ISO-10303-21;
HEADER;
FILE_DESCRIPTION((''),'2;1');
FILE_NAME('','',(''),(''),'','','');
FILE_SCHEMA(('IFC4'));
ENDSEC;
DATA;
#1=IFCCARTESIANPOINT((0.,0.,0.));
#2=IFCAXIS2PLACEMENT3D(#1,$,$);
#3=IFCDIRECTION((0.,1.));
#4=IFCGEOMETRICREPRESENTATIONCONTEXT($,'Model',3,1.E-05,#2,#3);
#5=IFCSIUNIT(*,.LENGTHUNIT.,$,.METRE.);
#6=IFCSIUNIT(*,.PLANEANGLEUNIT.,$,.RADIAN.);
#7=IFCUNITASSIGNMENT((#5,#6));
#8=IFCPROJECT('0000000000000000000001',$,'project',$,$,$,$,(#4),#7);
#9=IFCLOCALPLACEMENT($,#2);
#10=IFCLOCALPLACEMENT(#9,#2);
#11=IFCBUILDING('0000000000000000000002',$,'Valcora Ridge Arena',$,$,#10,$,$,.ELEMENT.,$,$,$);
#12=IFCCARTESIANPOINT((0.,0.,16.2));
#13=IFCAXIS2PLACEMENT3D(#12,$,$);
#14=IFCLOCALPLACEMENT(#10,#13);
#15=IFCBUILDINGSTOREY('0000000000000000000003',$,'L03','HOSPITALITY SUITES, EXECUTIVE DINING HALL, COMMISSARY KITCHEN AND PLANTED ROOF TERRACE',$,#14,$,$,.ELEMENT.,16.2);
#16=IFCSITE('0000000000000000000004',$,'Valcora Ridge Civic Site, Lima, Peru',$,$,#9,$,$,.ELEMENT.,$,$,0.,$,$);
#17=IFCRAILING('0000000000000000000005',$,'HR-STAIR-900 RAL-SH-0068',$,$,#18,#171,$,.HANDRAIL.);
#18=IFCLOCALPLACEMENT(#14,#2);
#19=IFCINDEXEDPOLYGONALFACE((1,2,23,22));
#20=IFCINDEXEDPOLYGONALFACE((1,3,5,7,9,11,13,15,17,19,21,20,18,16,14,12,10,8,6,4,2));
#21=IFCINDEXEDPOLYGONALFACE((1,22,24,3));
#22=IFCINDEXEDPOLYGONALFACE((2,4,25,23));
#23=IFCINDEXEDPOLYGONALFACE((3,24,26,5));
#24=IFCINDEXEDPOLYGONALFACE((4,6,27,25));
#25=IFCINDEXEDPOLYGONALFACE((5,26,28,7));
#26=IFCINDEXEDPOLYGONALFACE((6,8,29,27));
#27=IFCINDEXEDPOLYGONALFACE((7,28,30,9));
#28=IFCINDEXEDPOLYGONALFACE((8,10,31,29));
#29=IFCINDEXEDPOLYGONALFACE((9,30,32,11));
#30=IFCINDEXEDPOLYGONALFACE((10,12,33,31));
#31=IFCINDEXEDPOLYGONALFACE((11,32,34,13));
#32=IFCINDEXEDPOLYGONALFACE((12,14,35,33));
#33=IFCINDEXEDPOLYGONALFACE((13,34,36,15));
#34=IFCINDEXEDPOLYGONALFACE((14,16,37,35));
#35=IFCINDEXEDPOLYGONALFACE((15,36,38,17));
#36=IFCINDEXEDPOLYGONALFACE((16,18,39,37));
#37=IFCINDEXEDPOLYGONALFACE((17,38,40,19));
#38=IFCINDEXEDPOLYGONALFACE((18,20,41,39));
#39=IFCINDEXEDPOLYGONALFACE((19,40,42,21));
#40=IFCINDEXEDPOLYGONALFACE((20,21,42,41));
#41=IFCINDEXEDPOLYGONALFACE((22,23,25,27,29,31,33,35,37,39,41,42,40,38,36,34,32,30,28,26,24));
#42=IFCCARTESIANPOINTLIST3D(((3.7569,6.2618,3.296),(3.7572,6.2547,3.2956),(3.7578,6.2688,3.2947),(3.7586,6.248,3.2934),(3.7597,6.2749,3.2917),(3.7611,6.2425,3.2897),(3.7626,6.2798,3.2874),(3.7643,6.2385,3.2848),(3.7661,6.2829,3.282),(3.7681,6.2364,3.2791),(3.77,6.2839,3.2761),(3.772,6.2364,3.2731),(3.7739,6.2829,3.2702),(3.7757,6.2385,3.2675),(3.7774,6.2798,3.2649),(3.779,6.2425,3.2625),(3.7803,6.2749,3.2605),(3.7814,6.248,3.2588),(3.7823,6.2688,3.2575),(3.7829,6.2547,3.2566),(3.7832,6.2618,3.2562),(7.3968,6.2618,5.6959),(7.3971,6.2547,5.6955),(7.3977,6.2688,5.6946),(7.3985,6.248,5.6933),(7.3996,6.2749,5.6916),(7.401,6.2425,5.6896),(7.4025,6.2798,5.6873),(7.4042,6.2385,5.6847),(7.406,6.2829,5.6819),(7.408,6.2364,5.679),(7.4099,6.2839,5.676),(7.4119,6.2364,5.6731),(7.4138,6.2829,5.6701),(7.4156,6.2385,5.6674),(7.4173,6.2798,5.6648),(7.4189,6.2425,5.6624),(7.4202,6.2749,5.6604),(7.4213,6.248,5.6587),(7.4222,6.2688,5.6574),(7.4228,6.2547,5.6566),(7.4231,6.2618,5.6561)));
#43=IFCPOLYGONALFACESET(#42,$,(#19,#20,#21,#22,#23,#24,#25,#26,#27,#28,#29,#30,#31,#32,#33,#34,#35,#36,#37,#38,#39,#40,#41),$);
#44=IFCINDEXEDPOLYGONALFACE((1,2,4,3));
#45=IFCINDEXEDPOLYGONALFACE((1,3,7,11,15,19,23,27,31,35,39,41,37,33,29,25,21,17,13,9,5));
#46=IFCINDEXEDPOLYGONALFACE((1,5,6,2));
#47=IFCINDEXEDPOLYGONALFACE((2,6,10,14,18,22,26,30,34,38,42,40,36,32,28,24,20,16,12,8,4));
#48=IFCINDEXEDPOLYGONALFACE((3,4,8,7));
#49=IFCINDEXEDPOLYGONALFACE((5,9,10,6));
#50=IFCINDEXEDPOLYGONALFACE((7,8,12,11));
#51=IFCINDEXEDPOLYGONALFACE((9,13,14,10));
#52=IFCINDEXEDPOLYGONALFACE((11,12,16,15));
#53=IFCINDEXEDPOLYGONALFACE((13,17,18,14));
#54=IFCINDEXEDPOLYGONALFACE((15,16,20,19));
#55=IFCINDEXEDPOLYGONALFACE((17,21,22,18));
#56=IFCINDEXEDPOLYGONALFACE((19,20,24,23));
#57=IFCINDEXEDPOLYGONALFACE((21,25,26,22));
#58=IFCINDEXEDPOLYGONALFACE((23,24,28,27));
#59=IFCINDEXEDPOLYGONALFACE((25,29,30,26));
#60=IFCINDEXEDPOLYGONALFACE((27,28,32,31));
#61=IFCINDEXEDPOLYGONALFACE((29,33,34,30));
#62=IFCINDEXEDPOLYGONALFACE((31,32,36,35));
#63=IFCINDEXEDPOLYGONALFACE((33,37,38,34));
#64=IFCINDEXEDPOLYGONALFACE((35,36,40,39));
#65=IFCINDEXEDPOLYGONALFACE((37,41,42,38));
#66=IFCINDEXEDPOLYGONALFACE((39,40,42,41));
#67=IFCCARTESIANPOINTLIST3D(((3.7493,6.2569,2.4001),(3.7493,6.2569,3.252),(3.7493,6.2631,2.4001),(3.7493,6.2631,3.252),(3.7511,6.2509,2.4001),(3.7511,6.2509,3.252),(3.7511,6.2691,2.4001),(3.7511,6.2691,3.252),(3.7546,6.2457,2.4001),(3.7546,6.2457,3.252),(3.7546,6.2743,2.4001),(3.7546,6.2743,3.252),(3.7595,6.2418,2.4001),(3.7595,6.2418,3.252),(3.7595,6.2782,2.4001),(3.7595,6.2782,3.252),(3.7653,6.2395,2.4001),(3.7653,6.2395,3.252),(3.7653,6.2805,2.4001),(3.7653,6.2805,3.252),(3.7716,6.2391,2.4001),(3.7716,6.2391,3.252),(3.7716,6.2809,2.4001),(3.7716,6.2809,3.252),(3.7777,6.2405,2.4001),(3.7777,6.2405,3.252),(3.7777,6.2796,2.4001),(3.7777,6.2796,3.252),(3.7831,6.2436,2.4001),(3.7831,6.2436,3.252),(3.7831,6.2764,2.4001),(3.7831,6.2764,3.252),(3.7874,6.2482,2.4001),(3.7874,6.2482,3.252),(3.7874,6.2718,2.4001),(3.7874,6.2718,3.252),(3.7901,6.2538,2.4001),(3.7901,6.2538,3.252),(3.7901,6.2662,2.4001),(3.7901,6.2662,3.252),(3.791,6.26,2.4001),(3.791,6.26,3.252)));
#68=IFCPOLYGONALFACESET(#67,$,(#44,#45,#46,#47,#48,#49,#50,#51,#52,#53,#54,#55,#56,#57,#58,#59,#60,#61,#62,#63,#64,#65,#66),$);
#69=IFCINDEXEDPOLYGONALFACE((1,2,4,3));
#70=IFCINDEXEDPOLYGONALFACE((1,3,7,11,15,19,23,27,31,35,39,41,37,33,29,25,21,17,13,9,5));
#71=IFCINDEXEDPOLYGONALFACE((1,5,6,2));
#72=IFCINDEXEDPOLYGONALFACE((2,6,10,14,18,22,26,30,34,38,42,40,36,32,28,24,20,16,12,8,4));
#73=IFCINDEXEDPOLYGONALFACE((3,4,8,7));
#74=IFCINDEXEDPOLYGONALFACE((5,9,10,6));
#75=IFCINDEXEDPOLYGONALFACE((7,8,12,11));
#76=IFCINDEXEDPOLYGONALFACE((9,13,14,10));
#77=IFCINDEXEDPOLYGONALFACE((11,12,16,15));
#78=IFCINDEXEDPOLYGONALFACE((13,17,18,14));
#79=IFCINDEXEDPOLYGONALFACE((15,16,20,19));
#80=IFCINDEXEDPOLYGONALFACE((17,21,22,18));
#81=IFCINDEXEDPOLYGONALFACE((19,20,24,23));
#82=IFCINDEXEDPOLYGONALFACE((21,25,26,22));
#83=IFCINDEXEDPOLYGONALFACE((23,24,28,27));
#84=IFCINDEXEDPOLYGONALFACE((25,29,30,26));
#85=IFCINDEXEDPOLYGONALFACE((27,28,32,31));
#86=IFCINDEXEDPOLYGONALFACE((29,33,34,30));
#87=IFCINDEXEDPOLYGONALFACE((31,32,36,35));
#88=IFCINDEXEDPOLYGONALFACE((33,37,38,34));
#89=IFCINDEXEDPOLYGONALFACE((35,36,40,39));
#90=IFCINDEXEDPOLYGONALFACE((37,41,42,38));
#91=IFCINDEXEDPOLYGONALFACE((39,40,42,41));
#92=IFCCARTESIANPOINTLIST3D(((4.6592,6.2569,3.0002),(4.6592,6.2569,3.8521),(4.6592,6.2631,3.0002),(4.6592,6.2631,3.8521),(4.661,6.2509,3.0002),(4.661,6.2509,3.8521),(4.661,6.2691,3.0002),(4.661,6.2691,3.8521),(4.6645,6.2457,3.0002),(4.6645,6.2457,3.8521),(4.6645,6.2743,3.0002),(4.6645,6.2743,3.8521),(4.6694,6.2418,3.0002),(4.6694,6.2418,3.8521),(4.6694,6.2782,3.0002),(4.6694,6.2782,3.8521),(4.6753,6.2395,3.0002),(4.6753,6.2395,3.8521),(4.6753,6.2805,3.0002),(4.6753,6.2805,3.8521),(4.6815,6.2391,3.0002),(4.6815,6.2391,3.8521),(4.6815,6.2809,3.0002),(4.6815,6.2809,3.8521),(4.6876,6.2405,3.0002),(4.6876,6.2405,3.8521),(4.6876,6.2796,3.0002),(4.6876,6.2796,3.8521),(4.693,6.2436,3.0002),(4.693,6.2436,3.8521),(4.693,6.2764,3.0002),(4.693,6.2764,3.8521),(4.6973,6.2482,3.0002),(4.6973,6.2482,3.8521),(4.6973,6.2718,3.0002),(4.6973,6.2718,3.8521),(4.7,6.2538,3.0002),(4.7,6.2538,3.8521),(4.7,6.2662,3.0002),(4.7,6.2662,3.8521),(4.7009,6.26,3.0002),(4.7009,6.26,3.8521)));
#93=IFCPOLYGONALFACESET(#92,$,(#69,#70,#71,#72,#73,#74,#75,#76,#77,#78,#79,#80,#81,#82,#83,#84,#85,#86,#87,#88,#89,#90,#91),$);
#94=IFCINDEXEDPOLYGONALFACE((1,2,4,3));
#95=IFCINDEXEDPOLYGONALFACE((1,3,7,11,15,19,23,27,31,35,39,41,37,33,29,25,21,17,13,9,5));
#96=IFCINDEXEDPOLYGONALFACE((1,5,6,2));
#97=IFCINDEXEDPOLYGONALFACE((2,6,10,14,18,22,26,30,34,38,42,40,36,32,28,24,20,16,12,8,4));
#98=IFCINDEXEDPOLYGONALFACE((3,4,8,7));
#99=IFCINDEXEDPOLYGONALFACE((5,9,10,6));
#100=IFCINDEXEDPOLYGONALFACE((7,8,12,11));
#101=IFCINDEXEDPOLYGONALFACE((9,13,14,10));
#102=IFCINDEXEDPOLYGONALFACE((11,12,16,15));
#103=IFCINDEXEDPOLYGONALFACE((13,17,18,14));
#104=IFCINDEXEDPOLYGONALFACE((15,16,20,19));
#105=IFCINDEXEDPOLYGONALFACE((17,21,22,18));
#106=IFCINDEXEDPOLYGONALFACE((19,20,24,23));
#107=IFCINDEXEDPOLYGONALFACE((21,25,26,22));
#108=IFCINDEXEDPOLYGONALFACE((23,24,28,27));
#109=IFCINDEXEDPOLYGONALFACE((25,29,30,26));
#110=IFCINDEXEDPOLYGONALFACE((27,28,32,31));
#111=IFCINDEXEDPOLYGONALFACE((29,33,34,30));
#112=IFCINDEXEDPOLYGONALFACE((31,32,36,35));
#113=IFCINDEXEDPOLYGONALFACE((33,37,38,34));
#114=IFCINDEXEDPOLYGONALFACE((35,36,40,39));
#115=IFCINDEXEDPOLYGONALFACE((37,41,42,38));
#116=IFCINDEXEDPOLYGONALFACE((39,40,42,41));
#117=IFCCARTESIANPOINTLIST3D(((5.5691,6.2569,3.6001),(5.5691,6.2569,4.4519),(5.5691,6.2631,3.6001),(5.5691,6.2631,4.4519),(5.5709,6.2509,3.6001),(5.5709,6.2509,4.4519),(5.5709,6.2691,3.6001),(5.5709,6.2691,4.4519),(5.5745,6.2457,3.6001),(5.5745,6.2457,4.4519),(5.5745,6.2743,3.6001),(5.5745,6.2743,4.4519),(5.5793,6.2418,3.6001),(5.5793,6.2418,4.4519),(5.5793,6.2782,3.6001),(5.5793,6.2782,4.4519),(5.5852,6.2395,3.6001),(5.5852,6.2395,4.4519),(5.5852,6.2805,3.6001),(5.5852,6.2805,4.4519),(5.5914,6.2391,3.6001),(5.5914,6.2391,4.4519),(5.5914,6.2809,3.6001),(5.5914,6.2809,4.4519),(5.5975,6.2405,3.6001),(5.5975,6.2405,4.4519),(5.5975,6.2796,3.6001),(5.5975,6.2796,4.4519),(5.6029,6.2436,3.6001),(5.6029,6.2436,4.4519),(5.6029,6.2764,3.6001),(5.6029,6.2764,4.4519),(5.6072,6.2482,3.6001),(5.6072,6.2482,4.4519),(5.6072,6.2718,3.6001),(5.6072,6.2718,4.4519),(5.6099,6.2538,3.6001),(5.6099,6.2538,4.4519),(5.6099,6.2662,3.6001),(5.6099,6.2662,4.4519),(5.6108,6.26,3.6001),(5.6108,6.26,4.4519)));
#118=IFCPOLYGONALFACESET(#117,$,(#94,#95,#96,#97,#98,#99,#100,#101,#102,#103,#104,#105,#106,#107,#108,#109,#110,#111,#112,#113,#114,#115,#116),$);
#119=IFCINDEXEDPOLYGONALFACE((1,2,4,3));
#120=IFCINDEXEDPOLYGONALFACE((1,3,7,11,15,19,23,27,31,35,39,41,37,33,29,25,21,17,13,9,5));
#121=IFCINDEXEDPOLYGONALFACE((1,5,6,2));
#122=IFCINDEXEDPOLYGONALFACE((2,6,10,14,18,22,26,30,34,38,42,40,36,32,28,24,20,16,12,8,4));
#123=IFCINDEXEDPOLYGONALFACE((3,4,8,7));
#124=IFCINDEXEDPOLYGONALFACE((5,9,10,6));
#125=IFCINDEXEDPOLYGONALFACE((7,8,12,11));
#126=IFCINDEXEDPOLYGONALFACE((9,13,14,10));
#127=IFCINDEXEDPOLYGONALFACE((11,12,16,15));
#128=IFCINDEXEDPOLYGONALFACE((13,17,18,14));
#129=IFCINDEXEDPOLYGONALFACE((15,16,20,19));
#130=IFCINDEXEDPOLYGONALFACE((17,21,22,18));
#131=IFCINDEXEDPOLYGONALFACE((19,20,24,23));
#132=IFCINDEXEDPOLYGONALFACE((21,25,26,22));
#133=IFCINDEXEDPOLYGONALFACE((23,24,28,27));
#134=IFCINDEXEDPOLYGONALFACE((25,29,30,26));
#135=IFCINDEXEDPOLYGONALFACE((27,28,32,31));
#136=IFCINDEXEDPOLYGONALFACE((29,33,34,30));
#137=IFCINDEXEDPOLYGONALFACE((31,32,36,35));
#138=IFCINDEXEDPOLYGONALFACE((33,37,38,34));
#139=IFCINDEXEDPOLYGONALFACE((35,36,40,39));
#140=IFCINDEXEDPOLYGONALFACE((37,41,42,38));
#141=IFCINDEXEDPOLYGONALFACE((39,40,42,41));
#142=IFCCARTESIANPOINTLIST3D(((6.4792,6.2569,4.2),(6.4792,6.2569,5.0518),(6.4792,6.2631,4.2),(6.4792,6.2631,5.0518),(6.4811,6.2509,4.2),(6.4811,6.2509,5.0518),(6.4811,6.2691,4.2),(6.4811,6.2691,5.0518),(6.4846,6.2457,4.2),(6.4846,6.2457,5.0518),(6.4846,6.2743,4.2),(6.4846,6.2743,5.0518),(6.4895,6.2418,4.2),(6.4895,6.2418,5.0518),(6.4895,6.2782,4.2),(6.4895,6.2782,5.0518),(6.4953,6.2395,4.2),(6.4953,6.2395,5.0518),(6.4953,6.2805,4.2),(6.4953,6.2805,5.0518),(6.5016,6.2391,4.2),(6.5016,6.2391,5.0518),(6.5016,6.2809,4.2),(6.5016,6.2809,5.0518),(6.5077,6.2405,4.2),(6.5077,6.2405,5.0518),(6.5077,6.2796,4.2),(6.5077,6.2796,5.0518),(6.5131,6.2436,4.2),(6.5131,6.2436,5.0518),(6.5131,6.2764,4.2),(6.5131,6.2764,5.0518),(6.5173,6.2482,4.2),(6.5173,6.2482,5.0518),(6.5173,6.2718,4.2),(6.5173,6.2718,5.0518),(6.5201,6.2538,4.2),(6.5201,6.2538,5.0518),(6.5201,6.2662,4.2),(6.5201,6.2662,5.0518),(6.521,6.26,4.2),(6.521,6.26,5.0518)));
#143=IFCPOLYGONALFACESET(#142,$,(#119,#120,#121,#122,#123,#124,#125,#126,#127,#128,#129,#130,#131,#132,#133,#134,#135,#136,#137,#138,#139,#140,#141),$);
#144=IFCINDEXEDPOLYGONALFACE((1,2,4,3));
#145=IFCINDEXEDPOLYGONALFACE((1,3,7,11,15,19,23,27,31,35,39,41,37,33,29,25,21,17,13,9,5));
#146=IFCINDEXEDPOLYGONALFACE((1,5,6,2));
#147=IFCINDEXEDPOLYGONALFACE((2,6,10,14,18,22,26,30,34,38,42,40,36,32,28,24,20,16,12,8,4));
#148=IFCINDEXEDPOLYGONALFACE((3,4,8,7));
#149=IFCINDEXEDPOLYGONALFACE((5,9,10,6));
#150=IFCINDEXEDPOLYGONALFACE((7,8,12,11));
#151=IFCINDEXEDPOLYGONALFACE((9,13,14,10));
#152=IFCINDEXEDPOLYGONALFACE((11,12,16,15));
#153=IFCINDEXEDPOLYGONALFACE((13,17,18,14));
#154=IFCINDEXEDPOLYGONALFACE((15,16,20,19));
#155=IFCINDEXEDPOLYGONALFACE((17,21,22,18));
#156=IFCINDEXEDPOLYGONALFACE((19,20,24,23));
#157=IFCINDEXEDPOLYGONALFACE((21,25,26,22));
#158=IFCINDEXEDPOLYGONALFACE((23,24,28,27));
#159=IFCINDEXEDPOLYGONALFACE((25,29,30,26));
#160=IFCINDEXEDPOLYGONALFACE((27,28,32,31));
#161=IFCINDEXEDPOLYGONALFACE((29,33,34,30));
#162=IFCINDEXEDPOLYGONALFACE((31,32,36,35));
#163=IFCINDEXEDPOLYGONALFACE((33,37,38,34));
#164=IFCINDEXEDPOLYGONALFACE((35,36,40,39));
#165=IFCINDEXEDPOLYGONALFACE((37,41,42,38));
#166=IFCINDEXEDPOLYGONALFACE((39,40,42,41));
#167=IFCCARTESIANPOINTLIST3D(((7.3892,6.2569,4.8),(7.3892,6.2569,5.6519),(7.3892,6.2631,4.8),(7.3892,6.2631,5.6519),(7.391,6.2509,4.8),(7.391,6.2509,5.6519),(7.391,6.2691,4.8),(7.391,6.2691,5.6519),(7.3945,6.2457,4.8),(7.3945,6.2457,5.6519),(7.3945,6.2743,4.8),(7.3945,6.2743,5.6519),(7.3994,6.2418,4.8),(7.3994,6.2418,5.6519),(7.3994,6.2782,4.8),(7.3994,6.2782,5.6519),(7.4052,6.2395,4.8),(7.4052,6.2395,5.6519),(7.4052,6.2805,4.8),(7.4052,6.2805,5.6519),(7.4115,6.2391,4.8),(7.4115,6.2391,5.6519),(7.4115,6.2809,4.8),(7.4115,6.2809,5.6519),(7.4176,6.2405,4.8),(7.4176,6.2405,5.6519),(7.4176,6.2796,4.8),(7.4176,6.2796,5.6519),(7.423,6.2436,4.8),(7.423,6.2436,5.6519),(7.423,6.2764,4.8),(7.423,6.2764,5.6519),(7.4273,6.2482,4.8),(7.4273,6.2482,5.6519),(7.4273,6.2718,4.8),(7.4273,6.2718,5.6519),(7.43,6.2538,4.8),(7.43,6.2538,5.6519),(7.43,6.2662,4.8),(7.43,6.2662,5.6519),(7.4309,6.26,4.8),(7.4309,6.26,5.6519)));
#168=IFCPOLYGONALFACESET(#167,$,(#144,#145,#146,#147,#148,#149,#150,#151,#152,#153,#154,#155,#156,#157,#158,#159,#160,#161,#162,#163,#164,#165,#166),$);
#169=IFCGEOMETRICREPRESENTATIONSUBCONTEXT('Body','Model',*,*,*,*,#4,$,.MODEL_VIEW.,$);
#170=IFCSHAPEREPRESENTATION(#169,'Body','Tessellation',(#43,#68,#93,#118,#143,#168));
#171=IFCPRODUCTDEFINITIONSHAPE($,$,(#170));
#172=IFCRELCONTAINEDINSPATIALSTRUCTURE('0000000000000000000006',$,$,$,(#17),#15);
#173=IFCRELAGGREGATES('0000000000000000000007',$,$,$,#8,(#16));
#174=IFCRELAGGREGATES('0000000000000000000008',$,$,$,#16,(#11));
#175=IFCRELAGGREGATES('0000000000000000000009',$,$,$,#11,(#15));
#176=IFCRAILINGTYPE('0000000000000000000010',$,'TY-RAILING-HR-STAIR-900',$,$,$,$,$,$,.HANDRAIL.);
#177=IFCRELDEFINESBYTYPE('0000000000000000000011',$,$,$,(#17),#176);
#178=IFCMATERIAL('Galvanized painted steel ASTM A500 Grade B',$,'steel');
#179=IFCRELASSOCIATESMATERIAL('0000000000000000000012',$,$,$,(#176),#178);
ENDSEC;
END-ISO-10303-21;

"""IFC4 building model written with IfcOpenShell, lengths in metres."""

from ifc_helpers import new_model, si_unit, direction, frame, origin, origin_2d, place, context, subcontext, project, spatial, circle, extrude, material, type_object, element, save


model = new_model("IFC4")

# Units and contexts
model_context = context("Model", 3, precision=1e-05, world=origin(), true_north=direction((0.0, 1.0)))
body_context = subcontext(model_context, "Body", "Model", "MODEL_VIEW")
ifc_project = project(units=[si_unit("LENGTHUNIT", "METRE"), si_unit("PLANEANGLEUNIT", "RADIAN")], contexts=[model_context])

# Site, building, storey
site_placement = place(None, origin())
site = spatial("IfcSite", under=ifc_project, at=site_placement, Name="Valcora Ridge Civic Site, Lima, Peru", CompositionType="ELEMENT", RefElevation=0.0)
building_placement = place(site_placement, origin())
building = spatial("IfcBuilding", under=site, at=building_placement, Name="Valcora Ridge Arena", CompositionType="ELEMENT")
storey_placement = place(building_placement, frame((0.0, 0.0, 16.2)))
storey = spatial("IfcBuildingStorey", under=building, at=storey_placement, Name="L03", Description="HOSPITALITY SUITES, EXECUTIVE DINING HALL, COMMISSARY KITCHEN AND PLANTED ROOF TERRACE", CompositionType="ELEMENT", Elevation=16.2)

# Railing
ifc_material_1 = material(Name="Galvanized painted steel ASTM A500 Grade B", Category="steel")
railing_type_1 = type_object("IfcRailingType", Name="TY-RAILING-HR-STAIR-900", PredefinedType="HANDRAIL", material=ifc_material_1)
railing_1_placement = place(storey_placement, frame((3.77, 6.26, 2.4001)))
element("IfcRailing", 1, at=railing_1_placement, inside=storey, type_object=railing_type_1, Name="HR-STAIR-900 RAL-SH-0068", PredefinedType="HANDRAIL", context=body_context, shape_type="SweptSolid", body=[
    extrude(circle(Radius=0.0239, at=origin_2d()), frame((0.0, 0.0, 0.876), z_axis=(0.834865, 0.0, 0.550454), x_axis=(0.0, 1.0, 0.0)), (0.0, 0.0, 1.0), 4.3599),
    extrude(circle(Radius=0.021, at=origin_2d()), origin(), (0.0, 0.0, 1.0), 0.8518),
    extrude(circle(Radius=0.021, at=origin_2d()), frame((0.9099, 0.0, 0.6001)), (0.0, 0.0, 1.0), 0.8518),
    extrude(circle(Radius=0.021, at=origin_2d()), frame((1.8198, 0.0, 1.2)), (0.0, 0.0, 1.0), 0.8518),
    extrude(circle(Radius=0.021, at=origin_2d()), frame((2.73, 0.0, 1.7998)), (0.0, 0.0, 1.0), 0.8518),
    extrude(circle(Radius=0.021, at=origin_2d()), frame((3.6399, 0.0, 2.3999)), (0.0, 0.0, 1.0), 0.8518),
])

save(model, "model.ifc")
